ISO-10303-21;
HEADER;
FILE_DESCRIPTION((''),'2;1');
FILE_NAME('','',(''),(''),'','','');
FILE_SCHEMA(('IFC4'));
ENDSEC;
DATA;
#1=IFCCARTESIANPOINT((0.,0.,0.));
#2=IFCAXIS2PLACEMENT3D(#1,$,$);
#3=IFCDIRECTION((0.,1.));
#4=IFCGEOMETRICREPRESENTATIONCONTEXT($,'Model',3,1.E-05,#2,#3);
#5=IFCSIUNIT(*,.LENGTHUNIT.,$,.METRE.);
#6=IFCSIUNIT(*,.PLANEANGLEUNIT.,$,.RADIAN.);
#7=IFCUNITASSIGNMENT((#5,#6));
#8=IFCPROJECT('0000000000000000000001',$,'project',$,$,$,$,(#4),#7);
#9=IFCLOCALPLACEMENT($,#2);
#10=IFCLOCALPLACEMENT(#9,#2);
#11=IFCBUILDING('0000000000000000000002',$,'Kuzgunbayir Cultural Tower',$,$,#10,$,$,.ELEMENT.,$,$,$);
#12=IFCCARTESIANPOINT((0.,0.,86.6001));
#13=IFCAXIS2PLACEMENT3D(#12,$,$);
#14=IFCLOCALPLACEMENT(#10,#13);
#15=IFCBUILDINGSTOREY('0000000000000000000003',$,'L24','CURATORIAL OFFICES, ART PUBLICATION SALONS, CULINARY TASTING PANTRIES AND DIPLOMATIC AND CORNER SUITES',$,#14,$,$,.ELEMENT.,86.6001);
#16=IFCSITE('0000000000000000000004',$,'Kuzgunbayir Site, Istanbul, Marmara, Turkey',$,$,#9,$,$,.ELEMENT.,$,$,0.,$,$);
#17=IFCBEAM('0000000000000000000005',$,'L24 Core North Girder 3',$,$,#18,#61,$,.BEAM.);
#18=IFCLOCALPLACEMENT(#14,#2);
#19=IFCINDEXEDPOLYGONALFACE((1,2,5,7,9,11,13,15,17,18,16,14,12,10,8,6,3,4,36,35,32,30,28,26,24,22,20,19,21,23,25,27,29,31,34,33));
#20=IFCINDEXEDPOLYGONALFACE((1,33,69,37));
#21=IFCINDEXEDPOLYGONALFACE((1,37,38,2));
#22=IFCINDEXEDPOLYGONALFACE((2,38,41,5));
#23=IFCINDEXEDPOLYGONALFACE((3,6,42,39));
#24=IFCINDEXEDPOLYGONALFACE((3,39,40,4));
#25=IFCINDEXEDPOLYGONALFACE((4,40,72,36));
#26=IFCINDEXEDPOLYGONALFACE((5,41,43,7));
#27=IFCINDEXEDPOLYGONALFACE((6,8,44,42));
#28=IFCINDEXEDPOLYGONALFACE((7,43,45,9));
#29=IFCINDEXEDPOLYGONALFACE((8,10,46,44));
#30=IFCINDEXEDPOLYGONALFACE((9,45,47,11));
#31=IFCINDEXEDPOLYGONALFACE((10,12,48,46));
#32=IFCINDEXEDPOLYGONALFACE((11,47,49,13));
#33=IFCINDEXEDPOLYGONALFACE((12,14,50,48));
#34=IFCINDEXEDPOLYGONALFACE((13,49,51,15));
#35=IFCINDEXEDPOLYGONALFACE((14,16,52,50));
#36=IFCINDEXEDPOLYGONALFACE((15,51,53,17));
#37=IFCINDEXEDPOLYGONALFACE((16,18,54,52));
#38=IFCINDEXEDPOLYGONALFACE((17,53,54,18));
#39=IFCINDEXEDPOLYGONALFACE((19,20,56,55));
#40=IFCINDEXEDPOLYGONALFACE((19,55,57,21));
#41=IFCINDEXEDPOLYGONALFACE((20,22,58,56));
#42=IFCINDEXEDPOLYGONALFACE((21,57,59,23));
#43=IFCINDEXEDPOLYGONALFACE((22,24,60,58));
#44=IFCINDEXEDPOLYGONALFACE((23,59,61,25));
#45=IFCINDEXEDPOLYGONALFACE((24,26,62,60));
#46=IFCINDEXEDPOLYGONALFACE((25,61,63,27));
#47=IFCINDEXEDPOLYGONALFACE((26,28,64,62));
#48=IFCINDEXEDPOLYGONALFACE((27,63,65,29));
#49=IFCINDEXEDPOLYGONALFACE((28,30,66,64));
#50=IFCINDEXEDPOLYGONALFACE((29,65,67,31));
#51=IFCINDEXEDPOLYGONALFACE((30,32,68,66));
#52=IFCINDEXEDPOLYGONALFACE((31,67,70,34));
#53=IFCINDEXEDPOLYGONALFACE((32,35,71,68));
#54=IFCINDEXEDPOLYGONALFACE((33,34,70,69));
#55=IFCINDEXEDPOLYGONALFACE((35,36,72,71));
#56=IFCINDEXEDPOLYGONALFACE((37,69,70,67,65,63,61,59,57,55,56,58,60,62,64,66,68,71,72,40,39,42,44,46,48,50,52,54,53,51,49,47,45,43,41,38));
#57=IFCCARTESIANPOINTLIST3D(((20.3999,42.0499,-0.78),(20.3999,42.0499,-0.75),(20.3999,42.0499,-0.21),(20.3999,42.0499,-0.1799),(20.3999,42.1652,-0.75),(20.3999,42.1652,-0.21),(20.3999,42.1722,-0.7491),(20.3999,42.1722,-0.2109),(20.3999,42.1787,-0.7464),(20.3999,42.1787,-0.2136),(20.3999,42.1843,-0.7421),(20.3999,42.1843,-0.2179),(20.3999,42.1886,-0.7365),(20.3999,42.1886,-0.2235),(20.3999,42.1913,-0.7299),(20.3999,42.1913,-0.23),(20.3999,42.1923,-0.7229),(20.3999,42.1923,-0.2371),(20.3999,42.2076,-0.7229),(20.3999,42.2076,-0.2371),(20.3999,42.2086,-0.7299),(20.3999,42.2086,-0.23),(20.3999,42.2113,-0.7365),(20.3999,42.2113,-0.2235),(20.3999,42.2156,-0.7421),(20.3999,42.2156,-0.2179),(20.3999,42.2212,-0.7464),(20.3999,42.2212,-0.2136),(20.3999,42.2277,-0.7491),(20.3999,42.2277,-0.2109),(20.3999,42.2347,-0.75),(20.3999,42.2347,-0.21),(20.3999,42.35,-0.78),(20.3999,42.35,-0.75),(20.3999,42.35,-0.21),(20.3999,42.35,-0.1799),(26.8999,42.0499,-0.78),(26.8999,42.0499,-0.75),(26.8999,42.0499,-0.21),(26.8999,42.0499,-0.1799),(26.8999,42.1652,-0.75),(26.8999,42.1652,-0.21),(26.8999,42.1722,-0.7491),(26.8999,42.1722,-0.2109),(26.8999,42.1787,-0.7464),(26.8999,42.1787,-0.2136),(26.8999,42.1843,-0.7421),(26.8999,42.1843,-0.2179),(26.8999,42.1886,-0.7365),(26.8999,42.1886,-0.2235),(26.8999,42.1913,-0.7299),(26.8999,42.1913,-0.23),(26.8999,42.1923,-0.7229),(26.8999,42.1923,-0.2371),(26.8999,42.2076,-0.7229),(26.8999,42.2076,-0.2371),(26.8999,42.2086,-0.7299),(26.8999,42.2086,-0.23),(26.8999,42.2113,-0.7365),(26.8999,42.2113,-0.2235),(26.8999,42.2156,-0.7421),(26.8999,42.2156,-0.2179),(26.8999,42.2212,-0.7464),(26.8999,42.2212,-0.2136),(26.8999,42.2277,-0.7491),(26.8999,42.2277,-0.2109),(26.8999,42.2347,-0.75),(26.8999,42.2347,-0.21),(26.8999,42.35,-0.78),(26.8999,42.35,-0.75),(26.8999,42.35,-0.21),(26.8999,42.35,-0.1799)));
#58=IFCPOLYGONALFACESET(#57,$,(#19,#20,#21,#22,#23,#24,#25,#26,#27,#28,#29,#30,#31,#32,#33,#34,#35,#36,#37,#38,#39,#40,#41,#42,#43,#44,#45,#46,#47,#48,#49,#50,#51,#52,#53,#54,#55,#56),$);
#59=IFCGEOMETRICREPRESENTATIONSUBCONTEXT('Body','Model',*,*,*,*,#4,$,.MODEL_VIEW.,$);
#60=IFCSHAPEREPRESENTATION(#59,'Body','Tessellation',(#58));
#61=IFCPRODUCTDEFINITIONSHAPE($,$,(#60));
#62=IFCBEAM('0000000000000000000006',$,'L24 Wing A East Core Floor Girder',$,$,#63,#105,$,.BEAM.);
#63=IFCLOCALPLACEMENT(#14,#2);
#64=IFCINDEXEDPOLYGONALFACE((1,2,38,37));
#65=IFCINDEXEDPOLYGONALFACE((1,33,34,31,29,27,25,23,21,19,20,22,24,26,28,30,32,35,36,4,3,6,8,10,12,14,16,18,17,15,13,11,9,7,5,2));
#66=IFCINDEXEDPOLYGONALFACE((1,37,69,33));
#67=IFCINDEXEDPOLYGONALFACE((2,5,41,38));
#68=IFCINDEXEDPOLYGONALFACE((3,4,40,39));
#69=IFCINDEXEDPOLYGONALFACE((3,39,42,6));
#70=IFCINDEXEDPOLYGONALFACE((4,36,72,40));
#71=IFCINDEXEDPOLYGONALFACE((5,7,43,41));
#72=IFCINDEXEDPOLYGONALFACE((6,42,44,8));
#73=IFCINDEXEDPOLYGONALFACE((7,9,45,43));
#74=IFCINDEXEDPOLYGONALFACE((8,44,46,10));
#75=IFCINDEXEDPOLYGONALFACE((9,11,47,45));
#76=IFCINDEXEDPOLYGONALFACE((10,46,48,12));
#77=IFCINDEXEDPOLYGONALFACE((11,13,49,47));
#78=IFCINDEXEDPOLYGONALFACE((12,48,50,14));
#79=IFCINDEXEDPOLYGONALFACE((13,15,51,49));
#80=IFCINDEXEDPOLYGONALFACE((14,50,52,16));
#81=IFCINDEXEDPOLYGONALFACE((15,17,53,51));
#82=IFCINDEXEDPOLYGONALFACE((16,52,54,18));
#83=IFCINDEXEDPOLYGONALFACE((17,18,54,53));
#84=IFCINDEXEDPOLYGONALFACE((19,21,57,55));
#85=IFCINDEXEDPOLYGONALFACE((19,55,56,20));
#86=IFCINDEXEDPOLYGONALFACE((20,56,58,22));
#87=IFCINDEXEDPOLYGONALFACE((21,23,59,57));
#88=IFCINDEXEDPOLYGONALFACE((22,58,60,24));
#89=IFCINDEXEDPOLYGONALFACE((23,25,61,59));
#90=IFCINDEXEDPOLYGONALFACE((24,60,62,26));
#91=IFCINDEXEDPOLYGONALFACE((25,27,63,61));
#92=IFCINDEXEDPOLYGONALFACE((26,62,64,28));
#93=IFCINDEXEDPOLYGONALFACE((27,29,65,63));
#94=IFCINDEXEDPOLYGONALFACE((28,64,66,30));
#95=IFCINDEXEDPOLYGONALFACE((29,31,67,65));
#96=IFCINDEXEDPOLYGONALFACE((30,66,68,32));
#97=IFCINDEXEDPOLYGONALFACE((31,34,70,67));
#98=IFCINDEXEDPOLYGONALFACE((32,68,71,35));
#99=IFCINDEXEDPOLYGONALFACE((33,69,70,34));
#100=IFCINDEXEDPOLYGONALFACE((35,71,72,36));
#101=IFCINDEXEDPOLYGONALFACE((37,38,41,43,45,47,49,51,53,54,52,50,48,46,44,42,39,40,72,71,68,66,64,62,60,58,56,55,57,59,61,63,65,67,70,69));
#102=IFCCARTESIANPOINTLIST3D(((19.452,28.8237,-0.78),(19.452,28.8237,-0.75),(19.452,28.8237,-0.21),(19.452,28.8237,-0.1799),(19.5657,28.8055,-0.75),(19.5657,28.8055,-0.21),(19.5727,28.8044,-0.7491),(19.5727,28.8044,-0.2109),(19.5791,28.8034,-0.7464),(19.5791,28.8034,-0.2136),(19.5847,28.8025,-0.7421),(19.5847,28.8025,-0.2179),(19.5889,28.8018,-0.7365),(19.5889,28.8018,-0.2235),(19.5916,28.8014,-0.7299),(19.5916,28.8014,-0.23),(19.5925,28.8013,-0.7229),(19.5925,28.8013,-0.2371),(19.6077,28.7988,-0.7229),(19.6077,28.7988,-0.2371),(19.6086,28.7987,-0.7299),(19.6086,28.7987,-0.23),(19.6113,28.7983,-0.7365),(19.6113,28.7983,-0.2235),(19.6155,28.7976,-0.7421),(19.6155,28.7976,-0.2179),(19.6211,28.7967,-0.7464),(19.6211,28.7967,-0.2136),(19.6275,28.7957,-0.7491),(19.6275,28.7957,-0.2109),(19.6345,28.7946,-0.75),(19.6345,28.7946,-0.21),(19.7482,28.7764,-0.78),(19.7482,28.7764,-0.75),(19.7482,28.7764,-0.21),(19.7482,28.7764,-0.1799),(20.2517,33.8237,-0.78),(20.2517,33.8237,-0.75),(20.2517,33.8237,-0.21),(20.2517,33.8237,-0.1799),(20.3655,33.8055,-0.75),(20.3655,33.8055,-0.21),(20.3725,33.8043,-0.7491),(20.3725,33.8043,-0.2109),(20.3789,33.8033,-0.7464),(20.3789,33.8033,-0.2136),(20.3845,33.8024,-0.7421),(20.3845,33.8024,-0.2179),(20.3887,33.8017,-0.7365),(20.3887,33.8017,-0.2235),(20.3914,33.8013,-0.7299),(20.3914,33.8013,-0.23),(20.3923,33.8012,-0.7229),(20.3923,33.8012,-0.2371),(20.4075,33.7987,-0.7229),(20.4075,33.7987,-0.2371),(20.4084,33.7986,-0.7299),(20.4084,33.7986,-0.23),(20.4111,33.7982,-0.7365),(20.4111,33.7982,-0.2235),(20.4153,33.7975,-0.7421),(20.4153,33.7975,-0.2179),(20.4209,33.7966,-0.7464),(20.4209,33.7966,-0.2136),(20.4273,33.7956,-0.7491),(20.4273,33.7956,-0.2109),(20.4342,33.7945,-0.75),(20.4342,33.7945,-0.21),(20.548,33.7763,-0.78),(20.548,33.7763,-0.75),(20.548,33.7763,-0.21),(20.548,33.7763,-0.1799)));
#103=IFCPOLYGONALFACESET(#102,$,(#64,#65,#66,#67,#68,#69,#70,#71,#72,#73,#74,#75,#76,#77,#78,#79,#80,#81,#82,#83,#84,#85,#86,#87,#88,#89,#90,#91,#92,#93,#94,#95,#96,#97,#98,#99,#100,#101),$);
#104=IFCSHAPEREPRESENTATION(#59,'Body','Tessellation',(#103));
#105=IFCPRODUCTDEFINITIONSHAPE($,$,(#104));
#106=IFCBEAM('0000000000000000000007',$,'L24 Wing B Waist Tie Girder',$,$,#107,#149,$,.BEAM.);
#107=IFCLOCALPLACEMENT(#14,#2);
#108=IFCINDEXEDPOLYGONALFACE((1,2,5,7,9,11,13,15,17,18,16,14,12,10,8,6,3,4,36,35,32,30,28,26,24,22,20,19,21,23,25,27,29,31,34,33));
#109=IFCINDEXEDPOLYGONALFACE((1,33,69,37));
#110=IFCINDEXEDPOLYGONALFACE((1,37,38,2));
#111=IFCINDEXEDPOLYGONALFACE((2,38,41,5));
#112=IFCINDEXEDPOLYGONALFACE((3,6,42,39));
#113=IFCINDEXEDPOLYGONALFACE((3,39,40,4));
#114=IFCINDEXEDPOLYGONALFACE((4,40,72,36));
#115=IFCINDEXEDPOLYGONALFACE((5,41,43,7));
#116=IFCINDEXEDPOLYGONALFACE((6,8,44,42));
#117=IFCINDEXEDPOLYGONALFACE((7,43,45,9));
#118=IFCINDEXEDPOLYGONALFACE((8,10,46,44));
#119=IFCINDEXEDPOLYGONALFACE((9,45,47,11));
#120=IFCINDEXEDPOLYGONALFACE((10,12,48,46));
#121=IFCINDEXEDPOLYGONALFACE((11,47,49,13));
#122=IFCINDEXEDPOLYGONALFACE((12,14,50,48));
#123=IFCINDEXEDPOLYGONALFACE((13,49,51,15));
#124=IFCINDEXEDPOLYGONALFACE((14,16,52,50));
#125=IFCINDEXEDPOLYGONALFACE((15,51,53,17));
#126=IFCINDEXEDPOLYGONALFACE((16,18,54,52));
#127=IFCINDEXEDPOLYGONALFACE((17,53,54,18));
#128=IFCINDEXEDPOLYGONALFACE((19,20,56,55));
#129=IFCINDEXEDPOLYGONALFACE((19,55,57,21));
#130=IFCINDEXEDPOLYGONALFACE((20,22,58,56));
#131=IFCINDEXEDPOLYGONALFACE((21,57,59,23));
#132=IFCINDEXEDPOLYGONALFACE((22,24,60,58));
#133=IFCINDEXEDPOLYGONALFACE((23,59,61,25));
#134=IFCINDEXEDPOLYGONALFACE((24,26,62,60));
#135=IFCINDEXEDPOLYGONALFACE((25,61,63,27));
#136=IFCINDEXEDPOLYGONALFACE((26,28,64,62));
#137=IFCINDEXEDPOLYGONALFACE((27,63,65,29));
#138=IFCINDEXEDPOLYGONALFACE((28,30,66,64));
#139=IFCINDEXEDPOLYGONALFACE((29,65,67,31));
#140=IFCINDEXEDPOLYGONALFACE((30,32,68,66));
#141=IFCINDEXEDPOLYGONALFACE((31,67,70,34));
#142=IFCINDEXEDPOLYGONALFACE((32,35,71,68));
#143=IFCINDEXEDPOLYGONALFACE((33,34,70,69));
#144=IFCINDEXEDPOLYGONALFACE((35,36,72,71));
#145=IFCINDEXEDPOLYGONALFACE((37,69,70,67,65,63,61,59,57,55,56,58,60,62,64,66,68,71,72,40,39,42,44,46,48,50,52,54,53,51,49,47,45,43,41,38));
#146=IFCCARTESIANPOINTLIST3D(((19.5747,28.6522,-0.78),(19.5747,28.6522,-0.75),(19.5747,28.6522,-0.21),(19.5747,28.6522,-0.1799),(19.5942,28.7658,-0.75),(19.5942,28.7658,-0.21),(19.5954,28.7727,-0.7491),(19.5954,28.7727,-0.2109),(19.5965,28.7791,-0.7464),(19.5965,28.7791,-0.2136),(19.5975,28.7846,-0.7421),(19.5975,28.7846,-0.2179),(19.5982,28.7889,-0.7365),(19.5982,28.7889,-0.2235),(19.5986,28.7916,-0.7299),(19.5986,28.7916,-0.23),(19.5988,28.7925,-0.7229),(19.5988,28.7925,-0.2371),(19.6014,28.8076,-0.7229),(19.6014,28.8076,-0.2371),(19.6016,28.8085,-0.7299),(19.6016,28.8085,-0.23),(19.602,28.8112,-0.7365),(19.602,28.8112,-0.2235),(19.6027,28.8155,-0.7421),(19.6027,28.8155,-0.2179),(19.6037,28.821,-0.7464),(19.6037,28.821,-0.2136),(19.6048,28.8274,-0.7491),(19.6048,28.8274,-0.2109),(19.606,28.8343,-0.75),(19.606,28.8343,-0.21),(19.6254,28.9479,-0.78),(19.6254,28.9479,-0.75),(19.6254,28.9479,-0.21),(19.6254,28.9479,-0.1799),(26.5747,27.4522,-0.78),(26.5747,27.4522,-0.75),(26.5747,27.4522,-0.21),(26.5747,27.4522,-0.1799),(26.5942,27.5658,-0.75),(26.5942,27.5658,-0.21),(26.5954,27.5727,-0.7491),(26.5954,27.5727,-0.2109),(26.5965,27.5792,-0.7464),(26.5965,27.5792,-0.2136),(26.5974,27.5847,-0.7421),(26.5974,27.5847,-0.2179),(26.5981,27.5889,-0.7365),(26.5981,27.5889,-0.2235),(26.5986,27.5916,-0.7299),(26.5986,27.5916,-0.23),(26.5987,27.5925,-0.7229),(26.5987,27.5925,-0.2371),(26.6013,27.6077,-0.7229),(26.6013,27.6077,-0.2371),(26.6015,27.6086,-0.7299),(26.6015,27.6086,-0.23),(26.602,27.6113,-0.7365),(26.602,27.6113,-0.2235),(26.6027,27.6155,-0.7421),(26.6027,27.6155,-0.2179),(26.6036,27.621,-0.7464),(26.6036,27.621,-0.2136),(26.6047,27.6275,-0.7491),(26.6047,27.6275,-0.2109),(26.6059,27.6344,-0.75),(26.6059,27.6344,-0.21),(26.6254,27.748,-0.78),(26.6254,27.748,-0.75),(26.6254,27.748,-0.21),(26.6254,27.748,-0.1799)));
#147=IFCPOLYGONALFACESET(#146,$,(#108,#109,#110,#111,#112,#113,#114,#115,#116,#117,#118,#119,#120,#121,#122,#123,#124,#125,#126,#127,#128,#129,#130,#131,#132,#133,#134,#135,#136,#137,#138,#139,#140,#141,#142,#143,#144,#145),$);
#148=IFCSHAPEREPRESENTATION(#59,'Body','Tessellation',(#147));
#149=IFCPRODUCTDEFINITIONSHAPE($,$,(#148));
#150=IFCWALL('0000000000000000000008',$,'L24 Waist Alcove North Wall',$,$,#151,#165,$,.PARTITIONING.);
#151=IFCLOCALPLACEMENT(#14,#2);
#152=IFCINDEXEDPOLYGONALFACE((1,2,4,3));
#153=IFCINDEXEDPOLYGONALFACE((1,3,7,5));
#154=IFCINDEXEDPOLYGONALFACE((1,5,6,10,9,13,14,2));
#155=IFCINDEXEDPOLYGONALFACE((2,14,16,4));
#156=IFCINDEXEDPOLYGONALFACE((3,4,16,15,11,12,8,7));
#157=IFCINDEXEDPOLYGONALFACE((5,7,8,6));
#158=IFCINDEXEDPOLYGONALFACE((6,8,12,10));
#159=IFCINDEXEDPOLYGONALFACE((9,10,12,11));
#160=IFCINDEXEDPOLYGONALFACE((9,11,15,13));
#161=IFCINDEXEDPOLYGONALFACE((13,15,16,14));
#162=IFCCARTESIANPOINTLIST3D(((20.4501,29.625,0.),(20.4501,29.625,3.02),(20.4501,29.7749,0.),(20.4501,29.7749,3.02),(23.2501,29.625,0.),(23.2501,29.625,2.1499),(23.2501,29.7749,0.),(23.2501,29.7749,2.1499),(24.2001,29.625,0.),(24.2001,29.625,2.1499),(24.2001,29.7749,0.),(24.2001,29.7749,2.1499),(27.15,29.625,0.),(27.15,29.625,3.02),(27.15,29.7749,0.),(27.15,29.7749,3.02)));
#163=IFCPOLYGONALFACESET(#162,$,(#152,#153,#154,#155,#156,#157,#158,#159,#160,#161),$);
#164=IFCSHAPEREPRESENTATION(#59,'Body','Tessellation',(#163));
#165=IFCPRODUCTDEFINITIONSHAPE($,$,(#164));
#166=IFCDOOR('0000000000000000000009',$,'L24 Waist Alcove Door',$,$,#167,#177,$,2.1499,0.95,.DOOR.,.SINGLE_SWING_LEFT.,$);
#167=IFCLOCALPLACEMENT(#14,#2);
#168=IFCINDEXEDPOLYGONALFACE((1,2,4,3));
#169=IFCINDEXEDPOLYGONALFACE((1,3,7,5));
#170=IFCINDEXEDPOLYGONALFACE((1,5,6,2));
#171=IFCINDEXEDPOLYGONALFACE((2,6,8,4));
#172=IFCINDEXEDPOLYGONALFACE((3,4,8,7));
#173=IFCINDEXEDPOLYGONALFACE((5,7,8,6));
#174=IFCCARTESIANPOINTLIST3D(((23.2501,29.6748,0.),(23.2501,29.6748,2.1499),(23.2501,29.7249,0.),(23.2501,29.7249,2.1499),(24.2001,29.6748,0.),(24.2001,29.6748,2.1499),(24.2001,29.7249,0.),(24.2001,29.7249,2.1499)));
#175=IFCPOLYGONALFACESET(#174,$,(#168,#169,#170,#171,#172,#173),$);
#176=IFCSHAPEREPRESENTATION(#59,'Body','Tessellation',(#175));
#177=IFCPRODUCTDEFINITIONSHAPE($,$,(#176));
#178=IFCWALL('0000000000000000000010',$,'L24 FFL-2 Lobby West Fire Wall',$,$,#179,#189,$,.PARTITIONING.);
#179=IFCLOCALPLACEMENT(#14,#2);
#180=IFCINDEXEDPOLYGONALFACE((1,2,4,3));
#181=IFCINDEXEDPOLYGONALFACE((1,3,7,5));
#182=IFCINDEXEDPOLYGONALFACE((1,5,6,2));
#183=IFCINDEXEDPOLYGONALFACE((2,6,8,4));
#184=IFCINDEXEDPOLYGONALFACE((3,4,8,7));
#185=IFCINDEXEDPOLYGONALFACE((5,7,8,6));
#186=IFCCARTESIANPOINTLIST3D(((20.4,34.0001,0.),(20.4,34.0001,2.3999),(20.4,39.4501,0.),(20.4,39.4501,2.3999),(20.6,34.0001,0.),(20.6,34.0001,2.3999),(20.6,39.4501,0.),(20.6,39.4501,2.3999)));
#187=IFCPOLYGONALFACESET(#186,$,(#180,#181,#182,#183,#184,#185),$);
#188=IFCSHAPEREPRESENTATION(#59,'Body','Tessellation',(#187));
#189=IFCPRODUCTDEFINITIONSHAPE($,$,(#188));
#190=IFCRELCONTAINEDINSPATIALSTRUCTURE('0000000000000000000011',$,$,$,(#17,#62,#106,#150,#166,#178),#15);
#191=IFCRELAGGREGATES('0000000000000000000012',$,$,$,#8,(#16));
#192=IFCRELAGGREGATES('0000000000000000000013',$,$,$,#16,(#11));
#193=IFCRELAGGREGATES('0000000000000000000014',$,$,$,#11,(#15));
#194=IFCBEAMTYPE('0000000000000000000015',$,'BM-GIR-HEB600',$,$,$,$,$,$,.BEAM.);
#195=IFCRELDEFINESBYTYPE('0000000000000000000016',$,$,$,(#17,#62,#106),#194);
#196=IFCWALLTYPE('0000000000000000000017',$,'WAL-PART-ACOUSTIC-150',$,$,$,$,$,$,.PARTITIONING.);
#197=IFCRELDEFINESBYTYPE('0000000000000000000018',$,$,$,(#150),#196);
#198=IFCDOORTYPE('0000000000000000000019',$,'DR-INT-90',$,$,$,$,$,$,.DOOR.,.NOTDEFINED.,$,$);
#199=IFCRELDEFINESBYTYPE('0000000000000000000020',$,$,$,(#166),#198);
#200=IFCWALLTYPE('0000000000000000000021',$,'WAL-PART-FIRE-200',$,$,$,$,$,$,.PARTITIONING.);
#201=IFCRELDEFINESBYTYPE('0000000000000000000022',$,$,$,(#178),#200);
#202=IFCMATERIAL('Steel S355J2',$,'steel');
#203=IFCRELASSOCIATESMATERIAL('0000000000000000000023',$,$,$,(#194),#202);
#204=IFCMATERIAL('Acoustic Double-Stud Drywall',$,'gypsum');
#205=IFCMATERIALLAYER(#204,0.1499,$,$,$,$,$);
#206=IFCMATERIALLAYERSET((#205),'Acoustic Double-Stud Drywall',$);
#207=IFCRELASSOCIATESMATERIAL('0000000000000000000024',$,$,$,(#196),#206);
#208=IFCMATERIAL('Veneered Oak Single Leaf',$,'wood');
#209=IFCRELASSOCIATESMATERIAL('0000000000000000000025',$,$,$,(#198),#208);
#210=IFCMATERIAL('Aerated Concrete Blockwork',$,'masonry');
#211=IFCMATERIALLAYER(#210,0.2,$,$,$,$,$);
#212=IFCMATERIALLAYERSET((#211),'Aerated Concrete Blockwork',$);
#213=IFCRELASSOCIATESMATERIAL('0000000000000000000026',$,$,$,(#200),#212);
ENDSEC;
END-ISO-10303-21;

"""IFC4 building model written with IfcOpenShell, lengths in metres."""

from ifc_helpers import new_model, si_unit, direction, frame, frame_2d, origin, origin_2d, place, context, subcontext, project, spatial, rectangle, i_section, extrude, material, layer, layer_set, material_profile, profile_set, type_object, element, fill, save


model = new_model("IFC4")

# Units and contexts
model_context = context("Model", 3, precision=1e-05, world=origin(), true_north=direction((0.0, 1.0)))
body_context = subcontext(model_context, "Body", "Model", "MODEL_VIEW")
ifc_project = project(units=[si_unit("LENGTHUNIT", "METRE"), si_unit("PLANEANGLEUNIT", "RADIAN")], contexts=[model_context])

# Site, building, storey
site_placement = place(None, origin())
site = spatial("IfcSite", under=ifc_project, at=site_placement, Name="Kuzgunbayir Site, Istanbul, Marmara, Turkey", CompositionType="ELEMENT", RefElevation=0.0)
building_placement = place(site_placement, origin())
building = spatial("IfcBuilding", under=site, at=building_placement, Name="Kuzgunbayir Cultural Tower", CompositionType="ELEMENT")
storey_placement = place(building_placement, frame((0.0, 0.0, 86.6001)))
storey = spatial("IfcBuildingStorey", under=building, at=storey_placement, Name="L24", Description="CURATORIAL OFFICES, ART PUBLICATION SALONS, CULINARY TASTING PANTRIES AND DIPLOMATIC AND CORNER SUITES", CompositionType="ELEMENT", Elevation=86.6001)

# Beams
ifc_material_1 = material(Name="Steel S355J2", Category="steel")
ifc_material_profile_1 = material_profile(ifc_material_1, i_section(OverallWidth=0.3, OverallDepth=0.6001, WebThickness=0.0154, FlangeThickness=0.03, FilletRadius=0.0271, at=origin_2d()), Name="HEB 600")
ifc_profile_set_1 = profile_set([ifc_material_profile_1], Name="Steel S355J2")
beam_type = type_object("IfcBeamType", Name="BM-GIR-HEB600", PredefinedType="BEAM", material=ifc_profile_set_1)
beam_1_placement = place(storey_placement, frame((20.3999, 42.2, -0.48), z_axis=(1.0, 0.0, 0.0), x_axis=(0.0, 1.0, 0.0)))
element("IfcBeam", 1, at=beam_1_placement, inside=storey, type_object=beam_type, Name="L24 Core North Girder 3", PredefinedType="BEAM", context=body_context, shape_type="SweptSolid", body=[
    extrude(i_section(OverallWidth=0.3, OverallDepth=0.6001, WebThickness=0.0154, FlangeThickness=0.03, FilletRadius=0.0271, at=origin_2d()), origin(), (0.0, 0.0, 1.0), 6.5),
])
beam_2_placement = place(storey_placement, frame((19.6001, 28.8, -0.48), z_axis=(0.157953, 0.987447, 0.0), x_axis=(-0.987447, 0.157953, 0.0)))
element("IfcBeam", 2, at=beam_2_placement, inside=storey, type_object=beam_type, Name="L24 Wing A East Core Floor Girder", PredefinedType="BEAM", context=body_context, shape_type="SweptSolid", body=[
    extrude(i_section(OverallWidth=0.3, OverallDepth=0.6001, WebThickness=0.0154, FlangeThickness=0.03, FilletRadius=0.0271, at=origin_2d()), origin(), (0.0, 0.0, 1.0), 5.0635),
])
beam_3_placement = place(storey_placement, frame((19.6001, 28.8, -0.48), z_axis=(0.985623, -0.168957, 0.0), x_axis=(0.168957, 0.985623, 0.0)))
element("IfcBeam", 3, at=beam_3_placement, inside=storey, type_object=beam_type, Name="L24 Wing B Waist Tie Girder", PredefinedType="BEAM", context=body_context, shape_type="SweptSolid", body=[
    extrude(i_section(OverallWidth=0.3, OverallDepth=0.6001, WebThickness=0.0154, FlangeThickness=0.03, FilletRadius=0.0271, at=origin_2d()), origin(), (0.0, 0.0, 1.0), 7.1021),
])

# Wall, opening, door
ifc_material_2 = material(Name="Acoustic Double-Stud Drywall", Category="gypsum")
ifc_layer_1 = layer(ifc_material_2, 0.1499)
ifc_layer_set_1 = layer_set([ifc_layer_1], Name="Acoustic Double-Stud Drywall")
wall_type_1 = type_object("IfcWallType", Name="WAL-PART-ACOUSTIC-150", PredefinedType="PARTITIONING", material=ifc_layer_set_1)
wall_1_placement = place(storey_placement, frame((20.45, 29.7, 0.0), z_axis=(0.0, 0.0, 1.0), x_axis=(1.0, 0.0, 0.0)))
wall_1 = element("IfcWall", 4, at=wall_1_placement, inside=storey, type_object=wall_type_1, Name="L24 Waist Alcove North Wall", PredefinedType="PARTITIONING", context=body_context, shape_type="SweptSolid", body=[
    extrude(rectangle(XDim=6.7, YDim=0.1499, at=frame_2d((3.3501, 0.0))), origin(), (0.0, 0.0, 1.0), 3.02),
])
opening_1_placement = place(wall_1_placement, frame((2.8, 0.0, 0.0)))
opening_1 = element("IfcOpeningElement", 5, at=opening_1_placement, cuts=wall_1, PredefinedType="OPENING", context=body_context, shape_type="SweptSolid", body=[
    extrude(rectangle(XDim=0.95, YDim=2.1499, at=frame_2d((0.4751, 1.075))), frame((0.0, 0.085, 0.0), z_axis=(0.0, -1.0, 0.0), x_axis=(1.0, 0.0, 0.0)), (0.0, 0.0, 1.0), 0.1699),
])
ifc_material_3 = material(Name="Veneered Oak Single Leaf", Category="wood")
door_type_1 = type_object("IfcDoorType", Name="DR-INT-90", OperationType="NOTDEFINED", PredefinedType="DOOR", material=ifc_material_3)
door_1_placement = place(opening_1_placement, origin())
door_1 = element("IfcDoor", 6, at=door_1_placement, inside=storey, type_object=door_type_1, Name="L24 Waist Alcove Door", OperationType="SINGLE_SWING_LEFT", OverallHeight=2.1499, OverallWidth=0.95, PredefinedType="DOOR", context=body_context, shape_type="SweptSolid", body=[
    extrude(rectangle(XDim=0.95, YDim=2.1499, at=frame_2d((0.4751, 1.075))), frame((0.0, 0.0249, 0.0), z_axis=(0.0, -1.0, 0.0), x_axis=(1.0, 0.0, 0.0)), (0.0, 0.0, 1.0), 0.05),
])
fill(opening_1, door_1)

# Wall
ifc_material_4 = material(Name="Aerated Concrete Blockwork", Category="masonry")
ifc_layer_2 = layer(ifc_material_4, 0.2)
ifc_layer_set_2 = layer_set([ifc_layer_2], Name="Aerated Concrete Blockwork")
wall_type_2 = type_object("IfcWallType", Name="WAL-PART-FIRE-200", PredefinedType="PARTITIONING", material=ifc_layer_set_2)
wall_2_placement = place(storey_placement, frame((20.5, 34.0, 0.0), z_axis=(0.0, 0.0, 1.0), x_axis=(0.0, 1.0, 0.0)))
element("IfcWall", 7, at=wall_2_placement, inside=storey, type_object=wall_type_2, Name="L24 FFL-2 Lobby West Fire Wall", PredefinedType="PARTITIONING", context=body_context, shape_type="SweptSolid", body=[
    extrude(rectangle(XDim=5.45, YDim=0.2, at=frame_2d((2.7251, 0.0))), origin(), (0.0, 0.0, 1.0), 2.3999),
])

save(model, "model.ifc")
